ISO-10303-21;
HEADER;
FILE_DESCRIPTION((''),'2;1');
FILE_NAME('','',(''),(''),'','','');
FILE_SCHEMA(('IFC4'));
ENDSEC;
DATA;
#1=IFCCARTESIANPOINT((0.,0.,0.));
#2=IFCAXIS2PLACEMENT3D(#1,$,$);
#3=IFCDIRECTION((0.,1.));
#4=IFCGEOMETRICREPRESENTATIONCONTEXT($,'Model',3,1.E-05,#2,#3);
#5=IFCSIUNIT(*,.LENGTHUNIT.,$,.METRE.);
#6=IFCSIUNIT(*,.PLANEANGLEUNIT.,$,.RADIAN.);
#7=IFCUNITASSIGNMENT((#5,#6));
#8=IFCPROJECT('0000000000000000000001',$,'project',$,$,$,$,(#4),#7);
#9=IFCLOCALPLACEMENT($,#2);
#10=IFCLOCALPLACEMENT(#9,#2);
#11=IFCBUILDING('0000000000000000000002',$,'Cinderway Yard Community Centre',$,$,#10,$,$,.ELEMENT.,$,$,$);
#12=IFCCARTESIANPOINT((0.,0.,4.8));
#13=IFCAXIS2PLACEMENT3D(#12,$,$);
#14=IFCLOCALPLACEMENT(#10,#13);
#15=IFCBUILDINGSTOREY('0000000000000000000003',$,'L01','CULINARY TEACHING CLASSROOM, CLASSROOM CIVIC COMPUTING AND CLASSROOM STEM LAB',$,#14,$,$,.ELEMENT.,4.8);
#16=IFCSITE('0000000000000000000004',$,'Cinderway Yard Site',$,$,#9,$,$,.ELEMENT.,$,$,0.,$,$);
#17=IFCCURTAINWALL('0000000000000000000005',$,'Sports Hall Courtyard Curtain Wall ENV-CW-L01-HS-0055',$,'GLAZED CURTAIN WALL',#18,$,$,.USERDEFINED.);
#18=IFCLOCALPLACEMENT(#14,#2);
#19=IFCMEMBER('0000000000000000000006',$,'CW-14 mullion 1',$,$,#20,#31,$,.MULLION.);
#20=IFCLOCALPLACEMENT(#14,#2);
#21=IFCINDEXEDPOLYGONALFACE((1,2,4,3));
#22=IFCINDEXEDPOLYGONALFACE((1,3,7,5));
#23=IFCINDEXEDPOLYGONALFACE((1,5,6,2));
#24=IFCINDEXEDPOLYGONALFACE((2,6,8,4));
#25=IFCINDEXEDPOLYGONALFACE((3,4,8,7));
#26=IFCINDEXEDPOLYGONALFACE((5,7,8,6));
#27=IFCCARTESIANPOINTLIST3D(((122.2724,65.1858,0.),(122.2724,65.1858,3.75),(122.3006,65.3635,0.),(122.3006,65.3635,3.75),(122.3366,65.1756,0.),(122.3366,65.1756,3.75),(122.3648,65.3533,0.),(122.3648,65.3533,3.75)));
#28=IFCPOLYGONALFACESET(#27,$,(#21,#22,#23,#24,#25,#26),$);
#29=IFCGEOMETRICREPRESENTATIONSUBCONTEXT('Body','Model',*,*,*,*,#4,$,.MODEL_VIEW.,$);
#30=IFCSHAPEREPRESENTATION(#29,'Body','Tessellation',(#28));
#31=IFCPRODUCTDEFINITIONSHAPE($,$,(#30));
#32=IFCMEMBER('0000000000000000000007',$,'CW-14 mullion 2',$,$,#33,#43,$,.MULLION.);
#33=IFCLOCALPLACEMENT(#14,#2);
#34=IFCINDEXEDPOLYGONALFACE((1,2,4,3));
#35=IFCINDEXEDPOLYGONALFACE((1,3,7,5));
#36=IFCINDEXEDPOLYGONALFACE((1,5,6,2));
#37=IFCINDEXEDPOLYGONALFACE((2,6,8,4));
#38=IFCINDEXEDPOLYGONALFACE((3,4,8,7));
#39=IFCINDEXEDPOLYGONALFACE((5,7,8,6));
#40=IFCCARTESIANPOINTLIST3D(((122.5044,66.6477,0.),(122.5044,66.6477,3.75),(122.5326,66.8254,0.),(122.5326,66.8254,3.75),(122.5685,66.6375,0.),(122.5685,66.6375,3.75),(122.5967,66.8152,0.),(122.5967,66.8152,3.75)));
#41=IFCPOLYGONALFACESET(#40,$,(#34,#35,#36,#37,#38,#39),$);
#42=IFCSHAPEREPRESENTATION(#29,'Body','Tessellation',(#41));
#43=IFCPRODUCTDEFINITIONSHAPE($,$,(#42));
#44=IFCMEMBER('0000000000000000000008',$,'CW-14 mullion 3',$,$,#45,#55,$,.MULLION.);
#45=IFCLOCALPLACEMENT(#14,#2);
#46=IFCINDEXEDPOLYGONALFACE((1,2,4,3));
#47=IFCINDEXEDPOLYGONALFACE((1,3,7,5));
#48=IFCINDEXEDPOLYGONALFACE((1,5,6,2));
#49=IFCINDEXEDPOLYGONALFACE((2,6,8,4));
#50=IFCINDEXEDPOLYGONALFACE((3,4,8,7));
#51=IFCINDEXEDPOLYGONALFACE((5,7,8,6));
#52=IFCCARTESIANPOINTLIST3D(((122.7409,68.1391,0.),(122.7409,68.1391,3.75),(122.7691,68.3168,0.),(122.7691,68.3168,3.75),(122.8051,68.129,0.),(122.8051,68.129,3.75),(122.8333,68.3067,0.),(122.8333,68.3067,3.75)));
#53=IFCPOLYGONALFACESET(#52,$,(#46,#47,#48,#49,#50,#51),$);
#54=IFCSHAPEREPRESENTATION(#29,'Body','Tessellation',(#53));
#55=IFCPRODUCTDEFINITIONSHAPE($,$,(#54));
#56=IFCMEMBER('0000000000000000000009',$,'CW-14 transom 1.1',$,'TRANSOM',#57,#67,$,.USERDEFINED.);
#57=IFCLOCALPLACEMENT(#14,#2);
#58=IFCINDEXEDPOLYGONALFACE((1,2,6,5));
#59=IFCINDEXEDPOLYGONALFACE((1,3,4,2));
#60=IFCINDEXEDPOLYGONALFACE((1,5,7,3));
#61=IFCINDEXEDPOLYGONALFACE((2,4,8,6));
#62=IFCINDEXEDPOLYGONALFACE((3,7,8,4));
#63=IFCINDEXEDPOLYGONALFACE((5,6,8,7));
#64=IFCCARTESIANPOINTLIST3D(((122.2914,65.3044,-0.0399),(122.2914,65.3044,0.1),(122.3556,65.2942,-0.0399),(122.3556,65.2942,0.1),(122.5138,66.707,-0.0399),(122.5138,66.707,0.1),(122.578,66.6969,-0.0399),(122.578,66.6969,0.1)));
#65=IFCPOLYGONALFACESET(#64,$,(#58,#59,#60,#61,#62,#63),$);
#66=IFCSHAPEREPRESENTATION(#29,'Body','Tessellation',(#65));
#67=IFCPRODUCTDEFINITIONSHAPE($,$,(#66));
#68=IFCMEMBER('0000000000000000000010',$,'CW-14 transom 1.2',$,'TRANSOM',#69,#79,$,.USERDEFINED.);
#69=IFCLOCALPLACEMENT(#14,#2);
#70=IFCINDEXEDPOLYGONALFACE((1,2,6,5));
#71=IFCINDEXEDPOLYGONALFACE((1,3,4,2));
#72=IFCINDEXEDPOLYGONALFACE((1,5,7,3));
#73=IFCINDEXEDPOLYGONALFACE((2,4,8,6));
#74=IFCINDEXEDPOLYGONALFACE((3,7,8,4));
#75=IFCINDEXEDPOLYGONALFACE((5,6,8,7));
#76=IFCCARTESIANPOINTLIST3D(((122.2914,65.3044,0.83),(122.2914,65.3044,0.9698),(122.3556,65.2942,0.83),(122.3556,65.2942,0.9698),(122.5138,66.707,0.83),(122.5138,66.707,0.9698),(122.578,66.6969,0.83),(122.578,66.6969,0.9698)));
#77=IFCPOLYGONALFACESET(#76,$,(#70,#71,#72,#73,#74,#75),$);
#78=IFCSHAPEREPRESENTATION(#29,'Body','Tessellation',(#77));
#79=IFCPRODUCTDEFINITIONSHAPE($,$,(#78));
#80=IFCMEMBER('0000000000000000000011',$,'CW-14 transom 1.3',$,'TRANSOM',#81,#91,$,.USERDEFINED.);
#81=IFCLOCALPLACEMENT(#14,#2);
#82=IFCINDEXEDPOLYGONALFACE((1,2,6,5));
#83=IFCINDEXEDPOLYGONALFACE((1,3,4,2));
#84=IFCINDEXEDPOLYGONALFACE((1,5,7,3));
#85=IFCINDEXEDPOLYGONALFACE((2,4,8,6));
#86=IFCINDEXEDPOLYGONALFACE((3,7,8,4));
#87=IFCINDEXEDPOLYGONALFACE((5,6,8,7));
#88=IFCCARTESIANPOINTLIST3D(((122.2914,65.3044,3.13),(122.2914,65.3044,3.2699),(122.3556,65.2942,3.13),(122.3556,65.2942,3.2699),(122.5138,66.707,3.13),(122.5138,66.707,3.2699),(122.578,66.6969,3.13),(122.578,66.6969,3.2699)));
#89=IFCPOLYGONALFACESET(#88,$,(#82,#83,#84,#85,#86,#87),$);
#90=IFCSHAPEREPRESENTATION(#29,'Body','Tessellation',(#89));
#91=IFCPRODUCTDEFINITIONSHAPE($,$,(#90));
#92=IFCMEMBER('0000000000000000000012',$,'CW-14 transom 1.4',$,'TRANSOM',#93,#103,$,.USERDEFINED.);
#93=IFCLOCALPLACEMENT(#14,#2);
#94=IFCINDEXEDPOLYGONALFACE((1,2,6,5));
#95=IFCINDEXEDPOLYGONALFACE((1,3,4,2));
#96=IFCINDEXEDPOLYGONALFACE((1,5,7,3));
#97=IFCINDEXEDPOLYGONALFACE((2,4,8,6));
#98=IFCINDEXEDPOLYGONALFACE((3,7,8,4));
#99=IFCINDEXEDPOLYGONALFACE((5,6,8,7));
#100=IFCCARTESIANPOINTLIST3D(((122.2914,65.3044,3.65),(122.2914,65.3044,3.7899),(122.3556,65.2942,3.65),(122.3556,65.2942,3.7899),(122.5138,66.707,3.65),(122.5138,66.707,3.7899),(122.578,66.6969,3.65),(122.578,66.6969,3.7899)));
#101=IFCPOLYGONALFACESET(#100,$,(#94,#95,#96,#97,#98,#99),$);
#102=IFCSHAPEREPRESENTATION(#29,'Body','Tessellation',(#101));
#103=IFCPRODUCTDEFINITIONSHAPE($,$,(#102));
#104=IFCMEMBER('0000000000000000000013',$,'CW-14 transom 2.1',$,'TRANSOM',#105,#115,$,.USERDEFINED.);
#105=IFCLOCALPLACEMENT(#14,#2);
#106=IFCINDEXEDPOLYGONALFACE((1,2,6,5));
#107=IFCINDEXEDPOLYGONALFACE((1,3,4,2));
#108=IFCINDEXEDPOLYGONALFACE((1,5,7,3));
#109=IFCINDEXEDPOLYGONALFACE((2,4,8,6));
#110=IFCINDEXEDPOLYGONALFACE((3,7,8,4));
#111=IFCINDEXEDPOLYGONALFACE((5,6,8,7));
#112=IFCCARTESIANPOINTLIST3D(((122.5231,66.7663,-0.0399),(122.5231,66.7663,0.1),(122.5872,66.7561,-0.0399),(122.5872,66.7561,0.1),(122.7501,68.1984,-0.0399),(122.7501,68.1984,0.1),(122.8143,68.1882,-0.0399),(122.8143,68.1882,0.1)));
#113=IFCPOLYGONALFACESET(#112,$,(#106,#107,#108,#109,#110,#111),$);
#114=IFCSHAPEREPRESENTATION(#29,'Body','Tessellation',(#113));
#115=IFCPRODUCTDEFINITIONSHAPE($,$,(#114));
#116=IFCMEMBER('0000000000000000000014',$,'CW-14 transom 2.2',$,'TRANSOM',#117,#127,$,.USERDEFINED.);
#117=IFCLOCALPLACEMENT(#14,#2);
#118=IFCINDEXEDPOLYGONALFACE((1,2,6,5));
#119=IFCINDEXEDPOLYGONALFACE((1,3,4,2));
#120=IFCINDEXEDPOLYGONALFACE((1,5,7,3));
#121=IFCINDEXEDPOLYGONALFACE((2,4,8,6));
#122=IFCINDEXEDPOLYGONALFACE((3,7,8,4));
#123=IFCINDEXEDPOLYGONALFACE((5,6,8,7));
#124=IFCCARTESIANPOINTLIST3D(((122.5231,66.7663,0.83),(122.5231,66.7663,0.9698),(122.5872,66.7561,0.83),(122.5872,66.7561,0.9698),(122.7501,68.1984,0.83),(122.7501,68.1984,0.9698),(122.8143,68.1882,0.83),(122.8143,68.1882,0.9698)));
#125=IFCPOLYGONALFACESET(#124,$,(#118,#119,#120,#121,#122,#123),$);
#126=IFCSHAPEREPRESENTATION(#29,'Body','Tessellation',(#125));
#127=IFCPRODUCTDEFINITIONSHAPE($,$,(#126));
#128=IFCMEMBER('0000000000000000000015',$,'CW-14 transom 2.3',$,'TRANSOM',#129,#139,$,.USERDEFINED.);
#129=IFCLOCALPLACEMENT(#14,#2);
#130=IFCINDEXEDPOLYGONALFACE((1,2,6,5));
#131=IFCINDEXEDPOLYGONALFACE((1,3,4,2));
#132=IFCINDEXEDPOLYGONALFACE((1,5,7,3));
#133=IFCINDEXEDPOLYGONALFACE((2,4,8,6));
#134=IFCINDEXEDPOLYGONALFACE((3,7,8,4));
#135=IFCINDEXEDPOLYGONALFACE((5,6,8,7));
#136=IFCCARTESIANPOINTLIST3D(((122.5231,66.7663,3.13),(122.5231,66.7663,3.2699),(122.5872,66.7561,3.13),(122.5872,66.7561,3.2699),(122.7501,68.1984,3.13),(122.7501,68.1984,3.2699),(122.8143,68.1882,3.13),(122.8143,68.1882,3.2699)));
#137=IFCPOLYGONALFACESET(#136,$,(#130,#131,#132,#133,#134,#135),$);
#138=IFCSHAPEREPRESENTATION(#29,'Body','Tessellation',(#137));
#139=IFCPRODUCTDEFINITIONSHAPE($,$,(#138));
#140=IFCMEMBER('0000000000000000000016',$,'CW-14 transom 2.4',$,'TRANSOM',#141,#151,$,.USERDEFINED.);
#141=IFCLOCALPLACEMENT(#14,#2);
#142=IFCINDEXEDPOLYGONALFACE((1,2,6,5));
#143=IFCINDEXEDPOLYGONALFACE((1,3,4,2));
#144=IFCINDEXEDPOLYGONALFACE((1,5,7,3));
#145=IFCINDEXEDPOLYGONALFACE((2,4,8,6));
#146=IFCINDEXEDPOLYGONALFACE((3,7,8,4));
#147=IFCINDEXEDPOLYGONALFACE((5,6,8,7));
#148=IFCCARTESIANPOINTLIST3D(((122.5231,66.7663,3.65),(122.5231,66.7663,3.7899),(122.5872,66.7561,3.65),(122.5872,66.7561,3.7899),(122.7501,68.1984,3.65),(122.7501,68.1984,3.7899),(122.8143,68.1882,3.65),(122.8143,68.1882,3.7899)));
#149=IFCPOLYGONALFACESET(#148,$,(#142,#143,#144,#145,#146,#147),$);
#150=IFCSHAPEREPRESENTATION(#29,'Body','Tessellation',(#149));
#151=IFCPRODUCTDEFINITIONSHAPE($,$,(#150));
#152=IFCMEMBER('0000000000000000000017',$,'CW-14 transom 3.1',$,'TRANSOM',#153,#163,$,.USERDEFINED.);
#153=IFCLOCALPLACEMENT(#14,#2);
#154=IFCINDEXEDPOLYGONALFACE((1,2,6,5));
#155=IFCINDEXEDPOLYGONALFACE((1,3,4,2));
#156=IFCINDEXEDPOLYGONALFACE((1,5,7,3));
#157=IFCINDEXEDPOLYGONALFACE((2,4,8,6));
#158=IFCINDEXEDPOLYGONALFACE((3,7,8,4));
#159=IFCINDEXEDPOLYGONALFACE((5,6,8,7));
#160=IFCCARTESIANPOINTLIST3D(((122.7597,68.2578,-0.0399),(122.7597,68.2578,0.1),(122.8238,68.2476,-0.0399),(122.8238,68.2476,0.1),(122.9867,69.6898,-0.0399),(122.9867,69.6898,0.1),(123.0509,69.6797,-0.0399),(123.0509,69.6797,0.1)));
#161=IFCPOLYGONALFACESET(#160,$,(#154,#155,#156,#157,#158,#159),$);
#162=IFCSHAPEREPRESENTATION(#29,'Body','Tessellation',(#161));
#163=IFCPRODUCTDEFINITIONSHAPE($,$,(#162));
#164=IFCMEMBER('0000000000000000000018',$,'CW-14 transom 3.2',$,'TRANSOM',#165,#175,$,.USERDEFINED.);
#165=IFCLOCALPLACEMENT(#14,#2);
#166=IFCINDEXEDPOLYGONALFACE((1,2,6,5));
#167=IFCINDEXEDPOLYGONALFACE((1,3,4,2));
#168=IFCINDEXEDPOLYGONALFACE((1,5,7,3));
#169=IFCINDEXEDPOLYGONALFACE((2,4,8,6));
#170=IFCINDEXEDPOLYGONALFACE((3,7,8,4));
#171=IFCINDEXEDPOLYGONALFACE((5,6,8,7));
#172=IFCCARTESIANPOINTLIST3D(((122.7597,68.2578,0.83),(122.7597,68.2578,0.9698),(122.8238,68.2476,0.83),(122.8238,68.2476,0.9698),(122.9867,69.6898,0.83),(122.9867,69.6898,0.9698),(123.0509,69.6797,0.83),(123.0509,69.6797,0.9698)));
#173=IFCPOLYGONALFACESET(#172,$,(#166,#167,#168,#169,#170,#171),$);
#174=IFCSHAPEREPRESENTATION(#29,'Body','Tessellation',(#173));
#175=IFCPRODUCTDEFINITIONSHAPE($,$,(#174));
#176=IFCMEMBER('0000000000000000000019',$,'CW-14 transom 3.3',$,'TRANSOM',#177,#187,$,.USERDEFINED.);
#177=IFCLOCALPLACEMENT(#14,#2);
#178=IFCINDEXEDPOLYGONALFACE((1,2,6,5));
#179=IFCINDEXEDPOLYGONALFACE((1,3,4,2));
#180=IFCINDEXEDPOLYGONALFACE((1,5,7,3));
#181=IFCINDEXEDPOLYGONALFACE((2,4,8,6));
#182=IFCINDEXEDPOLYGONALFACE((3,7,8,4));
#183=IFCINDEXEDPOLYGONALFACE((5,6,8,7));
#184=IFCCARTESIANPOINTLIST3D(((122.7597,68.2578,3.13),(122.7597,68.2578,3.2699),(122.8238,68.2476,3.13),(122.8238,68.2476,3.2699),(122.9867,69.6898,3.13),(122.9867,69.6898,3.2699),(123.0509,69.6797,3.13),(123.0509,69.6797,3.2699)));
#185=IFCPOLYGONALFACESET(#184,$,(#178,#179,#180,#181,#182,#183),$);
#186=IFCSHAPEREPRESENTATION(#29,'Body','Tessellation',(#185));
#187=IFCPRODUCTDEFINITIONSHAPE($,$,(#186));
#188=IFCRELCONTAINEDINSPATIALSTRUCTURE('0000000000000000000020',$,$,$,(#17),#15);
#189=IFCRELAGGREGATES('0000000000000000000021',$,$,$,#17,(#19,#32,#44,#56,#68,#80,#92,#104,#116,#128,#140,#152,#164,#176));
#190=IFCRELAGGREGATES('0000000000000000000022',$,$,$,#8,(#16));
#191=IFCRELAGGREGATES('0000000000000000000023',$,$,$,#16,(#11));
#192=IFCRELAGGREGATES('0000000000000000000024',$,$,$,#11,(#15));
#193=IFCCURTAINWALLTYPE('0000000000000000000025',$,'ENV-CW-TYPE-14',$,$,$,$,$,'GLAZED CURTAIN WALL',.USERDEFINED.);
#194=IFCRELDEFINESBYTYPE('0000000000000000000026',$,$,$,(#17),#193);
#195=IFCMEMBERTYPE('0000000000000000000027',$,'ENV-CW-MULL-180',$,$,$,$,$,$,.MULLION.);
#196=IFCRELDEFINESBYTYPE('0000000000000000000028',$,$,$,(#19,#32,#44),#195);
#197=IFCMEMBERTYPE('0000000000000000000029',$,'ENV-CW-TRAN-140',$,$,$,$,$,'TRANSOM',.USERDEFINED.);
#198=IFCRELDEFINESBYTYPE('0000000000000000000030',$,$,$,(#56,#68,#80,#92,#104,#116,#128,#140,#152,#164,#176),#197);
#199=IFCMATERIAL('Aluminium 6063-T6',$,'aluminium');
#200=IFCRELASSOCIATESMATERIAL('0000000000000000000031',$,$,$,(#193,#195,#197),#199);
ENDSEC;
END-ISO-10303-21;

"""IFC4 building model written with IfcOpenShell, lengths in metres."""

from ifc_helpers import new_model, si_unit, direction, frame, origin, origin_2d, place, context, subcontext, project, spatial, rectangle, extrude, material, material_profile, profile_set, type_object, element, aggregate, save


model = new_model("IFC4")

# Units and contexts
model_context = context("Model", 3, precision=1e-05, world=origin(), true_north=direction((0.0, 1.0)))
body_context = subcontext(model_context, "Body", "Model", "MODEL_VIEW")
ifc_project = project(units=[si_unit("LENGTHUNIT", "METRE"), si_unit("PLANEANGLEUNIT", "RADIAN")], contexts=[model_context])

# Site, building, storey
site_placement = place(None, origin())
site = spatial("IfcSite", under=ifc_project, at=site_placement, Name="Cinderway Yard Site", CompositionType="ELEMENT", RefElevation=0.0)
building_placement = place(site_placement, origin())
building = spatial("IfcBuilding", under=site, at=building_placement, Name="Cinderway Yard Community Centre", CompositionType="ELEMENT")
storey_placement = place(building_placement, frame((0.0, 0.0, 4.8)))
storey = spatial("IfcBuildingStorey", under=building, at=storey_placement, Name="L01", Description="CULINARY TEACHING CLASSROOM, CLASSROOM CIVIC COMPUTING AND CLASSROOM STEM LAB", CompositionType="ELEMENT", Elevation=4.8)

# Curtain wall, members
ifc_material_1 = material(Name="Aluminium 6063-T6", Category="aluminium")
curtain_wall_type = type_object("IfcCurtainWallType", Name="ENV-CW-TYPE-14", ElementType="GLAZED CURTAIN WALL", PredefinedType="USERDEFINED", material=ifc_material_1)
curtain_wall_placement = place(storey_placement, origin())
curtain_wall = element("IfcCurtainWall", 1, at=curtain_wall_placement, inside=storey, type_object=curtain_wall_type, Name="Sports Hall Courtyard Curtain Wall ENV-CW-L01-HS-0055", ObjectType="GLAZED CURTAIN WALL", PredefinedType="USERDEFINED")
ifc_material_profile_1 = material_profile(ifc_material_1, rectangle(XDim=0.0649, YDim=0.1799, at=origin_2d()), Name="Aluminium 6063-T6")
ifc_profile_set_1 = profile_set([ifc_material_profile_1], Name="Aluminium 6063-T6")
member_type_1 = type_object("IfcMemberType", Name="ENV-CW-MULL-180", PredefinedType="MULLION", material=ifc_profile_set_1)
member_1_placement = place(storey_placement, frame((122.3186, 65.2695, 0.0), z_axis=(0.0, 0.0, 1.0), x_axis=(-0.987661, 0.156609, 0.0)))
member_1 = element("IfcMember", 2, at=member_1_placement, type_object=member_type_1, Name="CW-14 mullion 1", PredefinedType="MULLION", context=body_context, shape_type="SweptSolid", body=[
    extrude(rectangle(XDim=0.0649, YDim=0.1799, at=origin_2d()), origin(), (0.0, 0.0, 1.0), 3.75),
])
member_2_placement = place(storey_placement, frame((122.5505, 66.7314, 0.0), z_axis=(0.0, 0.0, 1.0), x_axis=(-0.987661, 0.156609, 0.0)))
member_2 = element("IfcMember", 3, at=member_2_placement, type_object=member_type_1, Name="CW-14 mullion 2", PredefinedType="MULLION", context=body_context, shape_type="SweptSolid", body=[
    extrude(rectangle(XDim=0.0649, YDim=0.1799, at=origin_2d()), origin(), (0.0, 0.0, 1.0), 3.75),
])
member_3_placement = place(storey_placement, frame((122.7871, 68.2229, 0.0), z_axis=(0.0, 0.0, 1.0), x_axis=(-0.987661, 0.156609, 0.0)))
member_3 = element("IfcMember", 4, at=member_3_placement, type_object=member_type_1, Name="CW-14 mullion 3", PredefinedType="MULLION", context=body_context, shape_type="SweptSolid", body=[
    extrude(rectangle(XDim=0.0649, YDim=0.1799, at=origin_2d()), origin(), (0.0, 0.0, 1.0), 3.75),
])
ifc_material_profile_2 = material_profile(ifc_material_1, rectangle(XDim=0.0649, YDim=0.1399, at=origin_2d()), Name="Aluminium 6063-T6")
ifc_profile_set_2 = profile_set([ifc_material_profile_2], Name="Aluminium 6063-T6")
member_type_2 = type_object("IfcMemberType", Name="ENV-CW-TRAN-140", ElementType="TRANSOM", PredefinedType="USERDEFINED", material=ifc_profile_set_2)
member_4_placement = place(storey_placement, frame((122.3235, 65.2993, 0.03), z_axis=(0.156616, 0.98766, 0.0), x_axis=(-0.98766, 0.156616, 0.0)))
member_4 = element("IfcMember", 5, at=member_4_placement, type_object=member_type_2, Name="CW-14 transom 1.1", ObjectType="TRANSOM", PredefinedType="USERDEFINED", context=body_context, shape_type="SweptSolid", body=[
    extrude(rectangle(XDim=0.0649, YDim=0.1399, at=origin_2d()), origin(), (0.0, 0.0, 1.0), 1.4202),
])
member_5_placement = place(storey_placement, frame((122.3235, 65.2993, 0.8999), z_axis=(0.156616, 0.98766, 0.0), x_axis=(-0.98766, 0.156616, 0.0)))
member_5 = element("IfcMember", 6, at=member_5_placement, type_object=member_type_2, Name="CW-14 transom 1.2", ObjectType="TRANSOM", PredefinedType="USERDEFINED", context=body_context, shape_type="SweptSolid", body=[
    extrude(rectangle(XDim=0.0649, YDim=0.1399, at=origin_2d()), origin(), (0.0, 0.0, 1.0), 1.4202),
])
member_6_placement = place(storey_placement, frame((122.3235, 65.2993, 3.2), z_axis=(0.156616, 0.98766, 0.0), x_axis=(-0.98766, 0.156616, 0.0)))
member_6 = element("IfcMember", 7, at=member_6_placement, type_object=member_type_2, Name="CW-14 transom 1.3", ObjectType="TRANSOM", PredefinedType="USERDEFINED", context=body_context, shape_type="SweptSolid", body=[
    extrude(rectangle(XDim=0.0649, YDim=0.1399, at=origin_2d()), origin(), (0.0, 0.0, 1.0), 1.4202),
])
member_7_placement = place(storey_placement, frame((122.3235, 65.2993, 3.72), z_axis=(0.156616, 0.98766, 0.0), x_axis=(-0.98766, 0.156616, 0.0)))
member_7 = element("IfcMember", 8, at=member_7_placement, type_object=member_type_2, Name="CW-14 transom 1.4", ObjectType="TRANSOM", PredefinedType="USERDEFINED", context=body_context, shape_type="SweptSolid", body=[
    extrude(rectangle(XDim=0.0649, YDim=0.1399, at=origin_2d()), origin(), (0.0, 0.0, 1.0), 1.4202),
])
member_8_placement = place(storey_placement, frame((122.5552, 66.7612, 0.03), z_axis=(0.156585, 0.987664, 0.0), x_axis=(-0.987664, 0.156585, 0.0)))
member_8 = element("IfcMember", 9, at=member_8_placement, type_object=member_type_2, Name="CW-14 transom 2.1", ObjectType="TRANSOM", PredefinedType="USERDEFINED", context=body_context, shape_type="SweptSolid", body=[
    extrude(rectangle(XDim=0.0649, YDim=0.1399, at=origin_2d()), origin(), (0.0, 0.0, 1.0), 1.45),
])
member_9_placement = place(storey_placement, frame((122.5552, 66.7612, 0.8999), z_axis=(0.156585, 0.987664, 0.0), x_axis=(-0.987664, 0.156585, 0.0)))
member_9 = element("IfcMember", 10, at=member_9_placement, type_object=member_type_2, Name="CW-14 transom 2.2", ObjectType="TRANSOM", PredefinedType="USERDEFINED", context=body_context, shape_type="SweptSolid", body=[
    extrude(rectangle(XDim=0.0649, YDim=0.1399, at=origin_2d()), origin(), (0.0, 0.0, 1.0), 1.45),
])
member_10_placement = place(storey_placement, frame((122.5552, 66.7612, 3.2), z_axis=(0.156585, 0.987664, 0.0), x_axis=(-0.987664, 0.156585, 0.0)))
member_10 = element("IfcMember", 11, at=member_10_placement, type_object=member_type_2, Name="CW-14 transom 2.3", ObjectType="TRANSOM", PredefinedType="USERDEFINED", context=body_context, shape_type="SweptSolid", body=[
    extrude(rectangle(XDim=0.0649, YDim=0.1399, at=origin_2d()), origin(), (0.0, 0.0, 1.0), 1.45),
])
member_11_placement = place(storey_placement, frame((122.5552, 66.7612, 3.72), z_axis=(0.156585, 0.987664, 0.0), x_axis=(-0.987664, 0.156585, 0.0)))
member_11 = element("IfcMember", 12, at=member_11_placement, type_object=member_type_2, Name="CW-14 transom 2.4", ObjectType="TRANSOM", PredefinedType="USERDEFINED", context=body_context, shape_type="SweptSolid", body=[
    extrude(rectangle(XDim=0.0649, YDim=0.1399, at=origin_2d()), origin(), (0.0, 0.0, 1.0), 1.45),
])
member_12_placement = place(storey_placement, frame((122.7917, 68.2527, 0.03), z_axis=(0.156585, 0.987664, 0.0), x_axis=(-0.987664, 0.156585, 0.0)))
member_12 = element("IfcMember", 13, at=member_12_placement, type_object=member_type_2, Name="CW-14 transom 3.1", ObjectType="TRANSOM", PredefinedType="USERDEFINED", context=body_context, shape_type="SweptSolid", body=[
    extrude(rectangle(XDim=0.0649, YDim=0.1399, at=origin_2d()), origin(), (0.0, 0.0, 1.0), 1.45),
])
member_13_placement = place(storey_placement, frame((122.7917, 68.2527, 0.8999), z_axis=(0.156585, 0.987664, 0.0), x_axis=(-0.987664, 0.156585, 0.0)))
member_13 = element("IfcMember", 14, at=member_13_placement, type_object=member_type_2, Name="CW-14 transom 3.2", ObjectType="TRANSOM", PredefinedType="USERDEFINED", context=body_context, shape_type="SweptSolid", body=[
    extrude(rectangle(XDim=0.0649, YDim=0.1399, at=origin_2d()), origin(), (0.0, 0.0, 1.0), 1.45),
])
member_14_placement = place(storey_placement, frame((122.7917, 68.2527, 3.2), z_axis=(0.156585, 0.987664, 0.0), x_axis=(-0.987664, 0.156585, 0.0)))
member_14 = element("IfcMember", 15, at=member_14_placement, type_object=member_type_2, Name="CW-14 transom 3.3", ObjectType="TRANSOM", PredefinedType="USERDEFINED", context=body_context, shape_type="SweptSolid", body=[
    extrude(rectangle(XDim=0.0649, YDim=0.1399, at=origin_2d()), origin(), (0.0, 0.0, 1.0), 1.45),
])

aggregate(curtain_wall, [member_1, member_2, member_3, member_4, member_5, member_6, member_7, member_8, member_9, member_10, member_11, member_12, member_13, member_14])

save(model, "model.ifc")
